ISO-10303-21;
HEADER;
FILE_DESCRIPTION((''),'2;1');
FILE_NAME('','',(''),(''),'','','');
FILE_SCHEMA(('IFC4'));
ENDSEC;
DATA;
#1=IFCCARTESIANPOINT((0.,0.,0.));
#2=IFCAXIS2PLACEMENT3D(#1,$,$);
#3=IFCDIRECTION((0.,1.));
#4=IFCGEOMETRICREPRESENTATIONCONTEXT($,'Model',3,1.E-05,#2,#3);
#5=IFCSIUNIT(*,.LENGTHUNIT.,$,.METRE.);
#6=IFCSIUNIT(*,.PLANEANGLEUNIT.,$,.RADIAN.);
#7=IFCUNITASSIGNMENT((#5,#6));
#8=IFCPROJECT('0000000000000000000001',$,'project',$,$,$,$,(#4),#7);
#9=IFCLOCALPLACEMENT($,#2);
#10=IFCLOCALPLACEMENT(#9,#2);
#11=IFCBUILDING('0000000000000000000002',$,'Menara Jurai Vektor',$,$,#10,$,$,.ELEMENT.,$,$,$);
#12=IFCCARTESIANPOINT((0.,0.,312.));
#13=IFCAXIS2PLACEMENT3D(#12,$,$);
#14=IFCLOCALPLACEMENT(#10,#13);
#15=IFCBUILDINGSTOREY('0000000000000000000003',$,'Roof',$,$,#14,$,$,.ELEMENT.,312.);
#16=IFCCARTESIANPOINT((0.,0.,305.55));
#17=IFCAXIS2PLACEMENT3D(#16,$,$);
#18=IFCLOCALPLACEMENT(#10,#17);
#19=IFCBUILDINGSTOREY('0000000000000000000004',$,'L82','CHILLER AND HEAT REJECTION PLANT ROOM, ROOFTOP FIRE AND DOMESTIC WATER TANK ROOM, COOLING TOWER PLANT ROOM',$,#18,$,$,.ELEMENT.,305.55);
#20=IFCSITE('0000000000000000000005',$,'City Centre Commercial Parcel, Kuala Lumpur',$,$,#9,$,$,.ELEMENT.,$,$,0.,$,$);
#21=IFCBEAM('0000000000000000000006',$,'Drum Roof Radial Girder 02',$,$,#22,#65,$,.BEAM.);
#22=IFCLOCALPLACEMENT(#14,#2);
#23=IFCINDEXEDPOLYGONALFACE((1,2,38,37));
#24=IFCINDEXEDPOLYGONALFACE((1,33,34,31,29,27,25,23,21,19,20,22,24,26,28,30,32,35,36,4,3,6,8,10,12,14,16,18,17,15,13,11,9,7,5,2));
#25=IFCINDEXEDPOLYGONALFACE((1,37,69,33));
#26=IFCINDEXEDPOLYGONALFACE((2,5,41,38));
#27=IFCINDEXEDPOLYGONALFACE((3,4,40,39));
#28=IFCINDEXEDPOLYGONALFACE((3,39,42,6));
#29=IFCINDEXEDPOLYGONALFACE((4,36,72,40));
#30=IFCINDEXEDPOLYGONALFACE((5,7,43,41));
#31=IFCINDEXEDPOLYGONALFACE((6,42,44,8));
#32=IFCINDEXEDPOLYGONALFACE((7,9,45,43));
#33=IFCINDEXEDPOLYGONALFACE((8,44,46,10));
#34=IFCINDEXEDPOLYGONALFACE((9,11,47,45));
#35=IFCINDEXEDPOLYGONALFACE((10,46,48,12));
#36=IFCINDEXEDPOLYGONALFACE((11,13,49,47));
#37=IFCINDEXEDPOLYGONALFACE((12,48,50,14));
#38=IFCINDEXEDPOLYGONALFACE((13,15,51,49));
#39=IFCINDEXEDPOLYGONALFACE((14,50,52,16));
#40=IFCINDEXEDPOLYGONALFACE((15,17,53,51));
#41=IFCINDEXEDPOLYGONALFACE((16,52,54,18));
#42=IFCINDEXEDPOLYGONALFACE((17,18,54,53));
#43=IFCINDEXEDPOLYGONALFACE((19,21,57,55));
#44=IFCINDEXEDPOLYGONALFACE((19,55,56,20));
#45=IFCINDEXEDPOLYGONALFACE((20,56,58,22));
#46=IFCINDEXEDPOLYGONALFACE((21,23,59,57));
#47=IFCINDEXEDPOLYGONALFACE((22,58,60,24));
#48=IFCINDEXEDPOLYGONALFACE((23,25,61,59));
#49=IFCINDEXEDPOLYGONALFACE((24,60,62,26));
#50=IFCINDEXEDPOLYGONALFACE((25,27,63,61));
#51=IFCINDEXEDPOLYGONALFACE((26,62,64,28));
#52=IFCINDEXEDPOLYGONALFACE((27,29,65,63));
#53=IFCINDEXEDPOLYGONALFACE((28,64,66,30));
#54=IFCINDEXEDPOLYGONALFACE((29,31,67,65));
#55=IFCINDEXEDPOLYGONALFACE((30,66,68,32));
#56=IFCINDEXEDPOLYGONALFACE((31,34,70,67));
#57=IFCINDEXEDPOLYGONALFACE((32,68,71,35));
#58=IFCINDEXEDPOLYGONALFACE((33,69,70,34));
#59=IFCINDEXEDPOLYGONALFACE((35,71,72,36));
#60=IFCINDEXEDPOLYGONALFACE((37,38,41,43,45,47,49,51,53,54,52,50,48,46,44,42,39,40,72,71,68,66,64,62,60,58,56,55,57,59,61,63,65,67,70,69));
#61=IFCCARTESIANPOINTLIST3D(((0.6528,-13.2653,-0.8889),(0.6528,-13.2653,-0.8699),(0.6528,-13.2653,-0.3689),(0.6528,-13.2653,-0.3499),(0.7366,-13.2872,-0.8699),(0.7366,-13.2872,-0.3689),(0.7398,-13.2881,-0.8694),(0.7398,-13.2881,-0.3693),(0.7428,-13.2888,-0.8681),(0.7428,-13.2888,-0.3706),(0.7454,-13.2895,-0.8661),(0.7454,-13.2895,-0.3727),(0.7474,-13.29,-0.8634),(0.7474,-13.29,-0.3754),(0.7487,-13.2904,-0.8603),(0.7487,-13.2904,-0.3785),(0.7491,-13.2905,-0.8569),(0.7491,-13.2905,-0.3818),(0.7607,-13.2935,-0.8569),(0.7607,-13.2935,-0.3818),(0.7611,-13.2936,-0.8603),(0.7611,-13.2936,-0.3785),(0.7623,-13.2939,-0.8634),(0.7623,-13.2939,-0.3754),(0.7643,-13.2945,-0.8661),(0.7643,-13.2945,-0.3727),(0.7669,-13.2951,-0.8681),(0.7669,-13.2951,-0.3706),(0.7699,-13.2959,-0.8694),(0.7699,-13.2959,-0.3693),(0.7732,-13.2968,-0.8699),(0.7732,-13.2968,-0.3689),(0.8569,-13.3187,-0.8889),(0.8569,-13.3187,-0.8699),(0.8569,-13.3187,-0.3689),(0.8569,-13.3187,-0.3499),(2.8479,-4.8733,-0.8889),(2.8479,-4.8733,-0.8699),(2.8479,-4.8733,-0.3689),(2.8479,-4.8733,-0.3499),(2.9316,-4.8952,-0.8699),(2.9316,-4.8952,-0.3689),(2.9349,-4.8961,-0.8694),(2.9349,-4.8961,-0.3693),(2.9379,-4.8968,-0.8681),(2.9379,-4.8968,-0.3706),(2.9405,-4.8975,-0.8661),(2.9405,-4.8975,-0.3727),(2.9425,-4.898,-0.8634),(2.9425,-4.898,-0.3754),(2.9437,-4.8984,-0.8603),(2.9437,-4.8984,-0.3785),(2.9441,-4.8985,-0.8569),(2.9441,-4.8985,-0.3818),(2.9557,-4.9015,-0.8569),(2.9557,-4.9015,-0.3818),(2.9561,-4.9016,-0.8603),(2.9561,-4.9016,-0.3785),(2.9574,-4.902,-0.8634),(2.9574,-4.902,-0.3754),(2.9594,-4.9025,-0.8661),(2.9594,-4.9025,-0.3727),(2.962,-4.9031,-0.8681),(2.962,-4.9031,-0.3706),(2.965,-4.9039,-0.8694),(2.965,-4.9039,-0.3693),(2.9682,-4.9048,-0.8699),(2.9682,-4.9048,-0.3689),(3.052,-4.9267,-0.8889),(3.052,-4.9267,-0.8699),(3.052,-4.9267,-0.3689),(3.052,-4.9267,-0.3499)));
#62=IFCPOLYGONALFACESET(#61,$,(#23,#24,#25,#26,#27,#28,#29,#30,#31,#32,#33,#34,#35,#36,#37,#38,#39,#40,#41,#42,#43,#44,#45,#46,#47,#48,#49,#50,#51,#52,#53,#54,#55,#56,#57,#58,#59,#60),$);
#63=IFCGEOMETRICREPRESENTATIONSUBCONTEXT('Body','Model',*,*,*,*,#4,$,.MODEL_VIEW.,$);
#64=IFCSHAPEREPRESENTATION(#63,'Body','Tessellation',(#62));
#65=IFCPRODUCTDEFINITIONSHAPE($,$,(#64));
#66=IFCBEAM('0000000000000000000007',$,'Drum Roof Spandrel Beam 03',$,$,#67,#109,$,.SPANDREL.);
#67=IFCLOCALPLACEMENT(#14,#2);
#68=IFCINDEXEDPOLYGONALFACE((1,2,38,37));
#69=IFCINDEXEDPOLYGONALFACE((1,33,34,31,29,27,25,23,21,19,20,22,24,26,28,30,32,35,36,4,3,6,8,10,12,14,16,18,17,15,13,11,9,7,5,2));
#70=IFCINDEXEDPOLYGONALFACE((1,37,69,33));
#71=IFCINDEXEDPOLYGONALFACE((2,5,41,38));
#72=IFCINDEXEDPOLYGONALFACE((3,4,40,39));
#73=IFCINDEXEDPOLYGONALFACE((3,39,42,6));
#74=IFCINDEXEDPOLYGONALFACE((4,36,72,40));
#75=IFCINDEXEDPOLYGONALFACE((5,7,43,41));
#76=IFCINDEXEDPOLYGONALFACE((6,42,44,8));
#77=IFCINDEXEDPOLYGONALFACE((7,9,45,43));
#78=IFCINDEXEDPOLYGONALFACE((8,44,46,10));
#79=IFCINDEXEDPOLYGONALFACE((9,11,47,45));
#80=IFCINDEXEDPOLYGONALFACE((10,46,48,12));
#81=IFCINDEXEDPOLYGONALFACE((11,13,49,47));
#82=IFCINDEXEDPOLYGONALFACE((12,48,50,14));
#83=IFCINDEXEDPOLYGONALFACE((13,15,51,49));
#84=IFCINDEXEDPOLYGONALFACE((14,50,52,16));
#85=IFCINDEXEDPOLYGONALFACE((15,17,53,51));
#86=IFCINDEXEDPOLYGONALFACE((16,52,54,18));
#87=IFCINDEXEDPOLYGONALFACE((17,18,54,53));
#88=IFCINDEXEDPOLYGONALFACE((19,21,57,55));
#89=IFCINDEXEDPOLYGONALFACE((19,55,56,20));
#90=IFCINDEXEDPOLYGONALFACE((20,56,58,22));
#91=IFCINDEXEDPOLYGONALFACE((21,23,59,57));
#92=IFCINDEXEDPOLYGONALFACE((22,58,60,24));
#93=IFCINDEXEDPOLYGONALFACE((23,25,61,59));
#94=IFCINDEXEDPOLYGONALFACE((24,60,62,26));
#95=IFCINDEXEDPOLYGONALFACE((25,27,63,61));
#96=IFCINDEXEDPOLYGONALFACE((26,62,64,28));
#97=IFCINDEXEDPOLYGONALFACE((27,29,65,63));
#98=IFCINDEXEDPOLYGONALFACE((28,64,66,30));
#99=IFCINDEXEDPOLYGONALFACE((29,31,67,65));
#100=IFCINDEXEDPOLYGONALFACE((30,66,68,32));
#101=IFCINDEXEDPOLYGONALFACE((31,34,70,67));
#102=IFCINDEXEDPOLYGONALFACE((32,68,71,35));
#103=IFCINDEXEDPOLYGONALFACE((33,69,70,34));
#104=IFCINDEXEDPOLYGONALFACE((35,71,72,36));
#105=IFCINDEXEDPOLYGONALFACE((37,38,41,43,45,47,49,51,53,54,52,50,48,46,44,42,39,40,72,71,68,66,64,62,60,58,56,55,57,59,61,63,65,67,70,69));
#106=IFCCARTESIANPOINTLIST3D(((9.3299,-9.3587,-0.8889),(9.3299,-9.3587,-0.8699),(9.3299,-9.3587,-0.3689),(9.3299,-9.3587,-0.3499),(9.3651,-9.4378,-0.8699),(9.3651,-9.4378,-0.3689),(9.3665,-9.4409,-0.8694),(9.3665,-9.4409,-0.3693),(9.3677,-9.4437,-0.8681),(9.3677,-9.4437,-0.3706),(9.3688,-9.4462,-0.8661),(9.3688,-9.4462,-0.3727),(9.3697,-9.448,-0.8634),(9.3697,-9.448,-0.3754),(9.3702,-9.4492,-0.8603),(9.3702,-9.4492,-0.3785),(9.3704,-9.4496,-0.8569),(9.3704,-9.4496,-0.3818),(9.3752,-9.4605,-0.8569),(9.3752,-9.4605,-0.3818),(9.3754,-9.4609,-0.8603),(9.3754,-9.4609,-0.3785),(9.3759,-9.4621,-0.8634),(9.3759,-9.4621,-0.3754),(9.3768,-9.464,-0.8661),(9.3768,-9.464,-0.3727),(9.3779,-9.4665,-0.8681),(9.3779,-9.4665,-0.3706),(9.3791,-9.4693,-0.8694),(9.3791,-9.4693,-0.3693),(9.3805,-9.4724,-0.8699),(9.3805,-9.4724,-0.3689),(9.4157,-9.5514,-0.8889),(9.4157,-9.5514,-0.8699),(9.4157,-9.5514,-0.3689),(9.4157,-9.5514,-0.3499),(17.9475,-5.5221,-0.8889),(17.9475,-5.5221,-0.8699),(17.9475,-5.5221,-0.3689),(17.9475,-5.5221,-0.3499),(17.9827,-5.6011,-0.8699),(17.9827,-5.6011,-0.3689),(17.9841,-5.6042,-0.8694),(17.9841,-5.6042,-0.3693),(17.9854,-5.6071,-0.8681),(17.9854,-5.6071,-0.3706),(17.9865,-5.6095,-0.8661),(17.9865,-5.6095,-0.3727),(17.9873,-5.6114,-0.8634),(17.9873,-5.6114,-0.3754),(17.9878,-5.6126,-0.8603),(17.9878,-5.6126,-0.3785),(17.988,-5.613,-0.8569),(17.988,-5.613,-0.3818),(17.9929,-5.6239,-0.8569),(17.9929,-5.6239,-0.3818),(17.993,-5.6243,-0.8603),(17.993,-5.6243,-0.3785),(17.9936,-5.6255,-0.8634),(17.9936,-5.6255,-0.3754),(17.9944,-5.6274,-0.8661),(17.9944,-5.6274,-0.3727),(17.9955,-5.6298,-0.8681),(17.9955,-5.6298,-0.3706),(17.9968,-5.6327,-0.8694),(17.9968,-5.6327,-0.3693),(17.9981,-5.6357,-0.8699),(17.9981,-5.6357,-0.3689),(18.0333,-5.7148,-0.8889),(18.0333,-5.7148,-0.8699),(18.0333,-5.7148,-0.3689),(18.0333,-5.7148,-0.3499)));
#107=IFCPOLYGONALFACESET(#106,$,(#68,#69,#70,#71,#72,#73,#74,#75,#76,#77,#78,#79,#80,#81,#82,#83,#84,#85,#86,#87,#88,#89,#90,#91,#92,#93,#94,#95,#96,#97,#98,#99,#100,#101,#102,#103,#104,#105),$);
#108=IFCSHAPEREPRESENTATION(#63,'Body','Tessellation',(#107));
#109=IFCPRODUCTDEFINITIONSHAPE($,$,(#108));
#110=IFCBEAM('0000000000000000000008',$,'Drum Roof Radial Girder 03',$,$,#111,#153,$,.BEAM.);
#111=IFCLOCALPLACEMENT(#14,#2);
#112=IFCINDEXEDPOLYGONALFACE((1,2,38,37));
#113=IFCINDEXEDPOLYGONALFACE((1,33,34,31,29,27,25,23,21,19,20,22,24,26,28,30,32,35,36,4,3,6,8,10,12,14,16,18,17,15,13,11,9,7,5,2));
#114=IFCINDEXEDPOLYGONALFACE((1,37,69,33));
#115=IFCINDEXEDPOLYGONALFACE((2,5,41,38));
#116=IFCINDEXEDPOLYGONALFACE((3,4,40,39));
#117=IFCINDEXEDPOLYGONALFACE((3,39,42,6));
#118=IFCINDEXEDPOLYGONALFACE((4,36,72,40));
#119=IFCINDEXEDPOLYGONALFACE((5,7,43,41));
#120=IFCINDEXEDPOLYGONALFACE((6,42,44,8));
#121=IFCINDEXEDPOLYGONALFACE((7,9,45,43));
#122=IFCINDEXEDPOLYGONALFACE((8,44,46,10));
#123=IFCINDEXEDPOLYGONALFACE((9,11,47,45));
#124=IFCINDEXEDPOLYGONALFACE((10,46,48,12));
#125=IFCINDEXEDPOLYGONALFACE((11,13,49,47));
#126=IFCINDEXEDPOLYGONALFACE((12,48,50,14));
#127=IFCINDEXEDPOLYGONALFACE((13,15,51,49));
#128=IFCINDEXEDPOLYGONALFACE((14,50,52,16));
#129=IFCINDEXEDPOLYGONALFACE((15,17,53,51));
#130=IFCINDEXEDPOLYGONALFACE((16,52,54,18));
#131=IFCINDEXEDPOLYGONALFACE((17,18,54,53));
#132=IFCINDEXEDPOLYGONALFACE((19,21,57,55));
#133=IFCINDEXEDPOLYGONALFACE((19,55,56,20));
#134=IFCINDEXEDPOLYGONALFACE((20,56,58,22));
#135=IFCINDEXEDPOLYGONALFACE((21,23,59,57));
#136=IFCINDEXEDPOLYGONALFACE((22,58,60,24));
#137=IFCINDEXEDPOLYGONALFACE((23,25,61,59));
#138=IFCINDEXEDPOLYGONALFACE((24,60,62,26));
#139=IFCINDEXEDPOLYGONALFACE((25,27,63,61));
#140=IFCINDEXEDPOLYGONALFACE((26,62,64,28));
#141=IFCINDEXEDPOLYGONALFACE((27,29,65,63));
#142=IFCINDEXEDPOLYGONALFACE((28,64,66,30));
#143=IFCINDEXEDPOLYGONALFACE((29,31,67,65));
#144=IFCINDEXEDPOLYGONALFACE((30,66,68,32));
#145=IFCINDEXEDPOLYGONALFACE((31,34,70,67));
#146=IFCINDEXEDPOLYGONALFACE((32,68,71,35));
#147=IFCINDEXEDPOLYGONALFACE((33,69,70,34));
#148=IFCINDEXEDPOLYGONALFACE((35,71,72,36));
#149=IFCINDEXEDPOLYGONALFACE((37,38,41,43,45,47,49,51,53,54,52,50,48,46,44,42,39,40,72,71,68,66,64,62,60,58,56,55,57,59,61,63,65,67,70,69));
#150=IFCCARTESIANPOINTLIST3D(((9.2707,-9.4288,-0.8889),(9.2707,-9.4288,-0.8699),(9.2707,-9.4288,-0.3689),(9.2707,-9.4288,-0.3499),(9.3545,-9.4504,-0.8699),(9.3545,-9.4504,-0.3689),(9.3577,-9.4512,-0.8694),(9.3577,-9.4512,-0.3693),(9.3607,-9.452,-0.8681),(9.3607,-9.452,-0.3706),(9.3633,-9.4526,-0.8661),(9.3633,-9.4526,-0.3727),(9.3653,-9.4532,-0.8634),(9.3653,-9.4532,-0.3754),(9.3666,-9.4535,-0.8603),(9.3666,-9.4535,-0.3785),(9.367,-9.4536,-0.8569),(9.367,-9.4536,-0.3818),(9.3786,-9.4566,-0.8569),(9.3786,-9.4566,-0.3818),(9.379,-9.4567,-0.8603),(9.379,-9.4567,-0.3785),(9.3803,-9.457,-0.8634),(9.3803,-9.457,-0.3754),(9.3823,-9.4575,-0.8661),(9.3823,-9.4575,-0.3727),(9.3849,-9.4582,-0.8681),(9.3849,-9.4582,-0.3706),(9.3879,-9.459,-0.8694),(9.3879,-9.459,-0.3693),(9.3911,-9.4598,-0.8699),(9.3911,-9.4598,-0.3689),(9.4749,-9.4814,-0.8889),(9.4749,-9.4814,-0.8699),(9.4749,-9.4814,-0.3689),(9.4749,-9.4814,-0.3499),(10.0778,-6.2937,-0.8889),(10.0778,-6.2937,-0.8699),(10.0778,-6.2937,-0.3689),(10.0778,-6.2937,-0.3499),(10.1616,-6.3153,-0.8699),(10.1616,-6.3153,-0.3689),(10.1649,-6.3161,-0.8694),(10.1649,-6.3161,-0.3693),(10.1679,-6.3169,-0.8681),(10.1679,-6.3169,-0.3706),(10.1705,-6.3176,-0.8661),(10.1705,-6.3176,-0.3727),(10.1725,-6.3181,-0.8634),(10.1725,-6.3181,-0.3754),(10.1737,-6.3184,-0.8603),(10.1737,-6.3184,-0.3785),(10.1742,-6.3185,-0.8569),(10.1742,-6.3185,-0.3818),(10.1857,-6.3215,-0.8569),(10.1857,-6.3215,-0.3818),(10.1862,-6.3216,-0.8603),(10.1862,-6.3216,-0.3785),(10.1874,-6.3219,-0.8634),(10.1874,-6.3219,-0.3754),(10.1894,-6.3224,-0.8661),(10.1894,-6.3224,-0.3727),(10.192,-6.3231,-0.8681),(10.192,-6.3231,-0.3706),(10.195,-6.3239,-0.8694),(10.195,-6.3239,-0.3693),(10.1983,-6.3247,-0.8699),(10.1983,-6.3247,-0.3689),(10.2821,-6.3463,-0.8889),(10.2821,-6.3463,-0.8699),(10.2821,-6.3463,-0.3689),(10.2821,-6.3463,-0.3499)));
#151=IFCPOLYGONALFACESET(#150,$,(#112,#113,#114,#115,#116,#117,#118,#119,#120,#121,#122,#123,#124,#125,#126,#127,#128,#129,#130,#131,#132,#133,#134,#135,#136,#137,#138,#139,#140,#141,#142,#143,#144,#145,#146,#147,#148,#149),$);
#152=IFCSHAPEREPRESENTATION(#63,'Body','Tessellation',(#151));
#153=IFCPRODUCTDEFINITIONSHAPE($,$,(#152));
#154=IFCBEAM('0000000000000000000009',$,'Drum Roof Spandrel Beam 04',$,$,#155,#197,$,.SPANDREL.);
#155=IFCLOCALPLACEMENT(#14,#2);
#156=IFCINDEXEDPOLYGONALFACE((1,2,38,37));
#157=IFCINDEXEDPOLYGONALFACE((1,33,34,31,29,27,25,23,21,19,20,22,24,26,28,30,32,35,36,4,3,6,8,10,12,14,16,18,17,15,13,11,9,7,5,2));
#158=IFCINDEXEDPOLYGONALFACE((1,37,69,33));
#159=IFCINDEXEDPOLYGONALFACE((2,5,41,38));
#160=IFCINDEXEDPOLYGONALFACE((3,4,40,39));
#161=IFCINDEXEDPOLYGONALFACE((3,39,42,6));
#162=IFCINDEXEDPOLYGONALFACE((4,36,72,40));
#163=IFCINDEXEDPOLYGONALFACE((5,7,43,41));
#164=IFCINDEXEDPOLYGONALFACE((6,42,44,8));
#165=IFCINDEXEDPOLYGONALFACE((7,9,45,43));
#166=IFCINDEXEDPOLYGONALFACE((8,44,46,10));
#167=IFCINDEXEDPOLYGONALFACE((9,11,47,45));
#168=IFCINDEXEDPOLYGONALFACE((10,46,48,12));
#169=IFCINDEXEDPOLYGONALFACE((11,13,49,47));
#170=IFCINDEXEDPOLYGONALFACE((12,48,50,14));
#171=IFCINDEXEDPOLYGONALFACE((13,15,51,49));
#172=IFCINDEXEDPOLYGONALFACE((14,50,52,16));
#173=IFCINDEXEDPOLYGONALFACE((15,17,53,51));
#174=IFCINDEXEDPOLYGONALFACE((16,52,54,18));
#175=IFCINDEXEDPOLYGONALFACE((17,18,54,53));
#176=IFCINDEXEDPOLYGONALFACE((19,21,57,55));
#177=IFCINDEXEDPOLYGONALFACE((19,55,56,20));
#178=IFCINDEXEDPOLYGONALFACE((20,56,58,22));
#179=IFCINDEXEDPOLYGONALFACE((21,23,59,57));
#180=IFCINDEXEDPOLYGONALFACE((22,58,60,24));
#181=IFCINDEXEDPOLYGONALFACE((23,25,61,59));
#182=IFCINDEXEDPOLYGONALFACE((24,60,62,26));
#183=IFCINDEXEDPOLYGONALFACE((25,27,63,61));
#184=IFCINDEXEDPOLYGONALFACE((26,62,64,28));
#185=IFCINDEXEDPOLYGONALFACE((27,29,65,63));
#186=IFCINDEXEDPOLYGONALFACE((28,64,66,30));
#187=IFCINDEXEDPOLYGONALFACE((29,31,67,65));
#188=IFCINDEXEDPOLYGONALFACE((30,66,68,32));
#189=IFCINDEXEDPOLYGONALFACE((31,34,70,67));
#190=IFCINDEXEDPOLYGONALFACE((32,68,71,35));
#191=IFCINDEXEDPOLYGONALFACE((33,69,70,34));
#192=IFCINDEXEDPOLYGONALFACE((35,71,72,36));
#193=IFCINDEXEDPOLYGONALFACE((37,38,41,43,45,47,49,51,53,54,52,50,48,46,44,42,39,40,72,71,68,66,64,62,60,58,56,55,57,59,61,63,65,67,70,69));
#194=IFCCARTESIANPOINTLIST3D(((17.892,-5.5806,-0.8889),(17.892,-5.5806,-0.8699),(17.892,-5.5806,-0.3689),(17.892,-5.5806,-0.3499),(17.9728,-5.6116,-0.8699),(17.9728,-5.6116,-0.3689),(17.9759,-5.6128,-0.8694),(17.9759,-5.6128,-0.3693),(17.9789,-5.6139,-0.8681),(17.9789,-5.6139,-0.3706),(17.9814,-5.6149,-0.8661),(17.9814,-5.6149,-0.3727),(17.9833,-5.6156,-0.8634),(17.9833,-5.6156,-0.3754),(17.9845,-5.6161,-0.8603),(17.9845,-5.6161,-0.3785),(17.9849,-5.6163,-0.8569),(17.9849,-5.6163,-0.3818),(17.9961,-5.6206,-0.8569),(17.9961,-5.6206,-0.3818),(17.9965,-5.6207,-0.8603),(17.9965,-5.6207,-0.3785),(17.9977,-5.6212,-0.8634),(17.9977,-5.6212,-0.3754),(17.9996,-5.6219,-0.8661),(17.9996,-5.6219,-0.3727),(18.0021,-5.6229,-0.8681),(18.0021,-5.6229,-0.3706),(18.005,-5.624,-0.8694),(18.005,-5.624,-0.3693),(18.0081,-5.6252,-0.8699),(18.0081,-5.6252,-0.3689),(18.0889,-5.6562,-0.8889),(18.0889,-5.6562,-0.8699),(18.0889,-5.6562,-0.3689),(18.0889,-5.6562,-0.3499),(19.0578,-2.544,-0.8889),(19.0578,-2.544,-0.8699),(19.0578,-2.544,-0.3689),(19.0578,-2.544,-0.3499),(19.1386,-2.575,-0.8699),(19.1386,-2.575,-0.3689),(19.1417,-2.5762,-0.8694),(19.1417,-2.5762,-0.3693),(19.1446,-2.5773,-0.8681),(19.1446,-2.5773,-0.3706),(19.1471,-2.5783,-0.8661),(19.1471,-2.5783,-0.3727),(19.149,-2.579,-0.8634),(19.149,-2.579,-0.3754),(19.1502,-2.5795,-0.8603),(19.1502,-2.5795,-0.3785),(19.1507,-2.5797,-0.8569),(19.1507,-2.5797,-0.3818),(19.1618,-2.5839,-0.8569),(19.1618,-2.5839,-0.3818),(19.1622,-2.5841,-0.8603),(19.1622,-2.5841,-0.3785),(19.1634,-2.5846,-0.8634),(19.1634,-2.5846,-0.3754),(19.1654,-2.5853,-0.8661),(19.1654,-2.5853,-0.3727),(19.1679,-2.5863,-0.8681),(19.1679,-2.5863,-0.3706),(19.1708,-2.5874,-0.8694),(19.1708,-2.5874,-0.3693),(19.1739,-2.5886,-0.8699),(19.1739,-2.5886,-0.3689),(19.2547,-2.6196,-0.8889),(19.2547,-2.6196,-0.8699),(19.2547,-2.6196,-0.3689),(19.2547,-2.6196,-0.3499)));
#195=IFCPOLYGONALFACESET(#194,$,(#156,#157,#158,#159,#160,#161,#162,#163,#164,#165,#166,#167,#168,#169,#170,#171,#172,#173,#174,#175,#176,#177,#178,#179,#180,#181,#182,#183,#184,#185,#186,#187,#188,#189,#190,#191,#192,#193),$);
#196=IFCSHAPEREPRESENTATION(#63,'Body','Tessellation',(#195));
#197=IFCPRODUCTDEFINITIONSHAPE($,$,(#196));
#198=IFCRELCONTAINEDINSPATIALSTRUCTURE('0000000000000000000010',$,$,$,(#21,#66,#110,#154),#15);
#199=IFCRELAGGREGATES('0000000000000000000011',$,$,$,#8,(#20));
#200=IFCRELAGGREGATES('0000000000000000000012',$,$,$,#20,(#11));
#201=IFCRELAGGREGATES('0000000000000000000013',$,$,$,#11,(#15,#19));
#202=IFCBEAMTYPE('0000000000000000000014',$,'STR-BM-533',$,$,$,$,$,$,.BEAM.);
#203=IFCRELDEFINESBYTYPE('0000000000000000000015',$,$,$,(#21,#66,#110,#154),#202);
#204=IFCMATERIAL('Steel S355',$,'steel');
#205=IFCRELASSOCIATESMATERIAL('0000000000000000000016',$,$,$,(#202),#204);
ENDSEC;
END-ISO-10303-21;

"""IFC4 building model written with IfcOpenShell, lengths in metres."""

from ifc_helpers import new_model, si_unit, direction, frame, origin, origin_2d, place, context, subcontext, project, spatial, i_section, extrude, material, material_profile, profile_set, type_object, element, save


model = new_model("IFC4")

# Units and contexts
model_context = context("Model", 3, precision=1e-05, world=origin(), true_north=direction((0.0, 1.0)))
body_context = subcontext(model_context, "Body", "Model", "MODEL_VIEW")
ifc_project = project(units=[si_unit("LENGTHUNIT", "METRE"), si_unit("PLANEANGLEUNIT", "RADIAN")], contexts=[model_context])

# Site, building, storey
site_placement = place(None, origin())
site = spatial("IfcSite", under=ifc_project, at=site_placement, Name="City Centre Commercial Parcel, Kuala Lumpur", CompositionType="ELEMENT", RefElevation=0.0)
building_placement = place(site_placement, origin())
building = spatial("IfcBuilding", under=site, at=building_placement, Name="Menara Jurai Vektor", CompositionType="ELEMENT")
storey_1_placement = place(building_placement, frame((0.0, 0.0, 312.0)))
storey_1 = spatial("IfcBuildingStorey", under=building, at=storey_1_placement, Name="Roof", CompositionType="ELEMENT", Elevation=312.0)

# Beams
ifc_material_1 = material(Name="Steel S355", Category="steel")
ifc_material_profile_1 = material_profile(ifc_material_1, i_section(OverallWidth=0.2109, OverallDepth=0.5391, WebThickness=0.012, FlangeThickness=0.019, FilletRadius=0.0129, at=origin_2d()), Name="UKB 533x210x109")
ifc_profile_set_1 = profile_set([ifc_material_profile_1], Name="Steel S355")
beam_type_1 = type_object("IfcBeamType", Name="STR-BM-533", PredefinedType="BEAM", material=ifc_profile_set_1)
beam_1_placement = place(storey_1_placement, frame((0.7549, -13.292, -0.6194), z_axis=(0.253051, 0.967453, 0.0), x_axis=(-0.967453, 0.253051, 0.0)))
element("IfcBeam", 1, at=beam_1_placement, inside=storey_1, type_object=beam_type_1, Name="Drum Roof Radial Girder 02", PredefinedType="BEAM", context=body_context, shape_type="SweptSolid", body=[
    extrude(i_section(OverallWidth=0.2109, OverallDepth=0.5391, WebThickness=0.012, FlangeThickness=0.019, FilletRadius=0.0129, at=origin_2d()), origin(), (0.0, 0.0, 1.0), 8.6743),
])
beam_2_placement = place(storey_1_placement, frame((9.3728, -9.4551, -0.6194), z_axis=(0.913552, 0.406722, 0.0), x_axis=(-0.406722, 0.913552, 0.0)))
element("IfcBeam", 2, at=beam_2_placement, inside=storey_1, type_object=beam_type_1, Name="Drum Roof Spandrel Beam 03", PredefinedType="SPANDREL", context=body_context, shape_type="SweptSolid", body=[
    extrude(i_section(OverallWidth=0.2109, OverallDepth=0.5391, WebThickness=0.012, FlangeThickness=0.019, FilletRadius=0.0129, at=origin_2d()), origin(), (0.0, 0.0, 1.0), 9.4331),
])
beam_3_placement = place(storey_1_placement, frame((9.3728, -9.4551, -0.6194), z_axis=(0.249326, 0.96842, 0.0), x_axis=(-0.96842, 0.249326, 0.0)))
element("IfcBeam", 3, at=beam_3_placement, inside=storey_1, type_object=beam_type_1, Name="Drum Roof Radial Girder 03", PredefinedType="BEAM", context=body_context, shape_type="SweptSolid", body=[
    extrude(i_section(OverallWidth=0.2109, OverallDepth=0.5391, WebThickness=0.012, FlangeThickness=0.019, FilletRadius=0.0129, at=origin_2d()), origin(), (0.0, 0.0, 1.0), 3.2373),
])
beam_4_placement = place(storey_1_placement, frame((17.9905, -5.6184, -0.6194), z_axis=(0.358401, 0.933568, 0.0), x_axis=(-0.933568, 0.358401, 0.0)))
element("IfcBeam", 4, at=beam_4_placement, inside=storey_1, type_object=beam_type_1, Name="Drum Roof Spandrel Beam 04", PredefinedType="SPANDREL", context=body_context, shape_type="SweptSolid", body=[
    extrude(i_section(OverallWidth=0.2109, OverallDepth=0.5391, WebThickness=0.012, FlangeThickness=0.019, FilletRadius=0.0129, at=origin_2d()), origin(), (0.0, 0.0, 1.0), 3.2527),
])

# Shared definitions
storey_2_placement = place(building_placement, frame((0.0, 0.0, 305.55)))
storey_2 = spatial("IfcBuildingStorey", under=building, at=storey_2_placement, Name="L82", Description="CHILLER AND HEAT REJECTION PLANT ROOM, ROOFTOP FIRE AND DOMESTIC WATER TANK ROOM, COOLING TOWER PLANT ROOM", CompositionType="ELEMENT", Elevation=305.55)

save(model, "model.ifc")
